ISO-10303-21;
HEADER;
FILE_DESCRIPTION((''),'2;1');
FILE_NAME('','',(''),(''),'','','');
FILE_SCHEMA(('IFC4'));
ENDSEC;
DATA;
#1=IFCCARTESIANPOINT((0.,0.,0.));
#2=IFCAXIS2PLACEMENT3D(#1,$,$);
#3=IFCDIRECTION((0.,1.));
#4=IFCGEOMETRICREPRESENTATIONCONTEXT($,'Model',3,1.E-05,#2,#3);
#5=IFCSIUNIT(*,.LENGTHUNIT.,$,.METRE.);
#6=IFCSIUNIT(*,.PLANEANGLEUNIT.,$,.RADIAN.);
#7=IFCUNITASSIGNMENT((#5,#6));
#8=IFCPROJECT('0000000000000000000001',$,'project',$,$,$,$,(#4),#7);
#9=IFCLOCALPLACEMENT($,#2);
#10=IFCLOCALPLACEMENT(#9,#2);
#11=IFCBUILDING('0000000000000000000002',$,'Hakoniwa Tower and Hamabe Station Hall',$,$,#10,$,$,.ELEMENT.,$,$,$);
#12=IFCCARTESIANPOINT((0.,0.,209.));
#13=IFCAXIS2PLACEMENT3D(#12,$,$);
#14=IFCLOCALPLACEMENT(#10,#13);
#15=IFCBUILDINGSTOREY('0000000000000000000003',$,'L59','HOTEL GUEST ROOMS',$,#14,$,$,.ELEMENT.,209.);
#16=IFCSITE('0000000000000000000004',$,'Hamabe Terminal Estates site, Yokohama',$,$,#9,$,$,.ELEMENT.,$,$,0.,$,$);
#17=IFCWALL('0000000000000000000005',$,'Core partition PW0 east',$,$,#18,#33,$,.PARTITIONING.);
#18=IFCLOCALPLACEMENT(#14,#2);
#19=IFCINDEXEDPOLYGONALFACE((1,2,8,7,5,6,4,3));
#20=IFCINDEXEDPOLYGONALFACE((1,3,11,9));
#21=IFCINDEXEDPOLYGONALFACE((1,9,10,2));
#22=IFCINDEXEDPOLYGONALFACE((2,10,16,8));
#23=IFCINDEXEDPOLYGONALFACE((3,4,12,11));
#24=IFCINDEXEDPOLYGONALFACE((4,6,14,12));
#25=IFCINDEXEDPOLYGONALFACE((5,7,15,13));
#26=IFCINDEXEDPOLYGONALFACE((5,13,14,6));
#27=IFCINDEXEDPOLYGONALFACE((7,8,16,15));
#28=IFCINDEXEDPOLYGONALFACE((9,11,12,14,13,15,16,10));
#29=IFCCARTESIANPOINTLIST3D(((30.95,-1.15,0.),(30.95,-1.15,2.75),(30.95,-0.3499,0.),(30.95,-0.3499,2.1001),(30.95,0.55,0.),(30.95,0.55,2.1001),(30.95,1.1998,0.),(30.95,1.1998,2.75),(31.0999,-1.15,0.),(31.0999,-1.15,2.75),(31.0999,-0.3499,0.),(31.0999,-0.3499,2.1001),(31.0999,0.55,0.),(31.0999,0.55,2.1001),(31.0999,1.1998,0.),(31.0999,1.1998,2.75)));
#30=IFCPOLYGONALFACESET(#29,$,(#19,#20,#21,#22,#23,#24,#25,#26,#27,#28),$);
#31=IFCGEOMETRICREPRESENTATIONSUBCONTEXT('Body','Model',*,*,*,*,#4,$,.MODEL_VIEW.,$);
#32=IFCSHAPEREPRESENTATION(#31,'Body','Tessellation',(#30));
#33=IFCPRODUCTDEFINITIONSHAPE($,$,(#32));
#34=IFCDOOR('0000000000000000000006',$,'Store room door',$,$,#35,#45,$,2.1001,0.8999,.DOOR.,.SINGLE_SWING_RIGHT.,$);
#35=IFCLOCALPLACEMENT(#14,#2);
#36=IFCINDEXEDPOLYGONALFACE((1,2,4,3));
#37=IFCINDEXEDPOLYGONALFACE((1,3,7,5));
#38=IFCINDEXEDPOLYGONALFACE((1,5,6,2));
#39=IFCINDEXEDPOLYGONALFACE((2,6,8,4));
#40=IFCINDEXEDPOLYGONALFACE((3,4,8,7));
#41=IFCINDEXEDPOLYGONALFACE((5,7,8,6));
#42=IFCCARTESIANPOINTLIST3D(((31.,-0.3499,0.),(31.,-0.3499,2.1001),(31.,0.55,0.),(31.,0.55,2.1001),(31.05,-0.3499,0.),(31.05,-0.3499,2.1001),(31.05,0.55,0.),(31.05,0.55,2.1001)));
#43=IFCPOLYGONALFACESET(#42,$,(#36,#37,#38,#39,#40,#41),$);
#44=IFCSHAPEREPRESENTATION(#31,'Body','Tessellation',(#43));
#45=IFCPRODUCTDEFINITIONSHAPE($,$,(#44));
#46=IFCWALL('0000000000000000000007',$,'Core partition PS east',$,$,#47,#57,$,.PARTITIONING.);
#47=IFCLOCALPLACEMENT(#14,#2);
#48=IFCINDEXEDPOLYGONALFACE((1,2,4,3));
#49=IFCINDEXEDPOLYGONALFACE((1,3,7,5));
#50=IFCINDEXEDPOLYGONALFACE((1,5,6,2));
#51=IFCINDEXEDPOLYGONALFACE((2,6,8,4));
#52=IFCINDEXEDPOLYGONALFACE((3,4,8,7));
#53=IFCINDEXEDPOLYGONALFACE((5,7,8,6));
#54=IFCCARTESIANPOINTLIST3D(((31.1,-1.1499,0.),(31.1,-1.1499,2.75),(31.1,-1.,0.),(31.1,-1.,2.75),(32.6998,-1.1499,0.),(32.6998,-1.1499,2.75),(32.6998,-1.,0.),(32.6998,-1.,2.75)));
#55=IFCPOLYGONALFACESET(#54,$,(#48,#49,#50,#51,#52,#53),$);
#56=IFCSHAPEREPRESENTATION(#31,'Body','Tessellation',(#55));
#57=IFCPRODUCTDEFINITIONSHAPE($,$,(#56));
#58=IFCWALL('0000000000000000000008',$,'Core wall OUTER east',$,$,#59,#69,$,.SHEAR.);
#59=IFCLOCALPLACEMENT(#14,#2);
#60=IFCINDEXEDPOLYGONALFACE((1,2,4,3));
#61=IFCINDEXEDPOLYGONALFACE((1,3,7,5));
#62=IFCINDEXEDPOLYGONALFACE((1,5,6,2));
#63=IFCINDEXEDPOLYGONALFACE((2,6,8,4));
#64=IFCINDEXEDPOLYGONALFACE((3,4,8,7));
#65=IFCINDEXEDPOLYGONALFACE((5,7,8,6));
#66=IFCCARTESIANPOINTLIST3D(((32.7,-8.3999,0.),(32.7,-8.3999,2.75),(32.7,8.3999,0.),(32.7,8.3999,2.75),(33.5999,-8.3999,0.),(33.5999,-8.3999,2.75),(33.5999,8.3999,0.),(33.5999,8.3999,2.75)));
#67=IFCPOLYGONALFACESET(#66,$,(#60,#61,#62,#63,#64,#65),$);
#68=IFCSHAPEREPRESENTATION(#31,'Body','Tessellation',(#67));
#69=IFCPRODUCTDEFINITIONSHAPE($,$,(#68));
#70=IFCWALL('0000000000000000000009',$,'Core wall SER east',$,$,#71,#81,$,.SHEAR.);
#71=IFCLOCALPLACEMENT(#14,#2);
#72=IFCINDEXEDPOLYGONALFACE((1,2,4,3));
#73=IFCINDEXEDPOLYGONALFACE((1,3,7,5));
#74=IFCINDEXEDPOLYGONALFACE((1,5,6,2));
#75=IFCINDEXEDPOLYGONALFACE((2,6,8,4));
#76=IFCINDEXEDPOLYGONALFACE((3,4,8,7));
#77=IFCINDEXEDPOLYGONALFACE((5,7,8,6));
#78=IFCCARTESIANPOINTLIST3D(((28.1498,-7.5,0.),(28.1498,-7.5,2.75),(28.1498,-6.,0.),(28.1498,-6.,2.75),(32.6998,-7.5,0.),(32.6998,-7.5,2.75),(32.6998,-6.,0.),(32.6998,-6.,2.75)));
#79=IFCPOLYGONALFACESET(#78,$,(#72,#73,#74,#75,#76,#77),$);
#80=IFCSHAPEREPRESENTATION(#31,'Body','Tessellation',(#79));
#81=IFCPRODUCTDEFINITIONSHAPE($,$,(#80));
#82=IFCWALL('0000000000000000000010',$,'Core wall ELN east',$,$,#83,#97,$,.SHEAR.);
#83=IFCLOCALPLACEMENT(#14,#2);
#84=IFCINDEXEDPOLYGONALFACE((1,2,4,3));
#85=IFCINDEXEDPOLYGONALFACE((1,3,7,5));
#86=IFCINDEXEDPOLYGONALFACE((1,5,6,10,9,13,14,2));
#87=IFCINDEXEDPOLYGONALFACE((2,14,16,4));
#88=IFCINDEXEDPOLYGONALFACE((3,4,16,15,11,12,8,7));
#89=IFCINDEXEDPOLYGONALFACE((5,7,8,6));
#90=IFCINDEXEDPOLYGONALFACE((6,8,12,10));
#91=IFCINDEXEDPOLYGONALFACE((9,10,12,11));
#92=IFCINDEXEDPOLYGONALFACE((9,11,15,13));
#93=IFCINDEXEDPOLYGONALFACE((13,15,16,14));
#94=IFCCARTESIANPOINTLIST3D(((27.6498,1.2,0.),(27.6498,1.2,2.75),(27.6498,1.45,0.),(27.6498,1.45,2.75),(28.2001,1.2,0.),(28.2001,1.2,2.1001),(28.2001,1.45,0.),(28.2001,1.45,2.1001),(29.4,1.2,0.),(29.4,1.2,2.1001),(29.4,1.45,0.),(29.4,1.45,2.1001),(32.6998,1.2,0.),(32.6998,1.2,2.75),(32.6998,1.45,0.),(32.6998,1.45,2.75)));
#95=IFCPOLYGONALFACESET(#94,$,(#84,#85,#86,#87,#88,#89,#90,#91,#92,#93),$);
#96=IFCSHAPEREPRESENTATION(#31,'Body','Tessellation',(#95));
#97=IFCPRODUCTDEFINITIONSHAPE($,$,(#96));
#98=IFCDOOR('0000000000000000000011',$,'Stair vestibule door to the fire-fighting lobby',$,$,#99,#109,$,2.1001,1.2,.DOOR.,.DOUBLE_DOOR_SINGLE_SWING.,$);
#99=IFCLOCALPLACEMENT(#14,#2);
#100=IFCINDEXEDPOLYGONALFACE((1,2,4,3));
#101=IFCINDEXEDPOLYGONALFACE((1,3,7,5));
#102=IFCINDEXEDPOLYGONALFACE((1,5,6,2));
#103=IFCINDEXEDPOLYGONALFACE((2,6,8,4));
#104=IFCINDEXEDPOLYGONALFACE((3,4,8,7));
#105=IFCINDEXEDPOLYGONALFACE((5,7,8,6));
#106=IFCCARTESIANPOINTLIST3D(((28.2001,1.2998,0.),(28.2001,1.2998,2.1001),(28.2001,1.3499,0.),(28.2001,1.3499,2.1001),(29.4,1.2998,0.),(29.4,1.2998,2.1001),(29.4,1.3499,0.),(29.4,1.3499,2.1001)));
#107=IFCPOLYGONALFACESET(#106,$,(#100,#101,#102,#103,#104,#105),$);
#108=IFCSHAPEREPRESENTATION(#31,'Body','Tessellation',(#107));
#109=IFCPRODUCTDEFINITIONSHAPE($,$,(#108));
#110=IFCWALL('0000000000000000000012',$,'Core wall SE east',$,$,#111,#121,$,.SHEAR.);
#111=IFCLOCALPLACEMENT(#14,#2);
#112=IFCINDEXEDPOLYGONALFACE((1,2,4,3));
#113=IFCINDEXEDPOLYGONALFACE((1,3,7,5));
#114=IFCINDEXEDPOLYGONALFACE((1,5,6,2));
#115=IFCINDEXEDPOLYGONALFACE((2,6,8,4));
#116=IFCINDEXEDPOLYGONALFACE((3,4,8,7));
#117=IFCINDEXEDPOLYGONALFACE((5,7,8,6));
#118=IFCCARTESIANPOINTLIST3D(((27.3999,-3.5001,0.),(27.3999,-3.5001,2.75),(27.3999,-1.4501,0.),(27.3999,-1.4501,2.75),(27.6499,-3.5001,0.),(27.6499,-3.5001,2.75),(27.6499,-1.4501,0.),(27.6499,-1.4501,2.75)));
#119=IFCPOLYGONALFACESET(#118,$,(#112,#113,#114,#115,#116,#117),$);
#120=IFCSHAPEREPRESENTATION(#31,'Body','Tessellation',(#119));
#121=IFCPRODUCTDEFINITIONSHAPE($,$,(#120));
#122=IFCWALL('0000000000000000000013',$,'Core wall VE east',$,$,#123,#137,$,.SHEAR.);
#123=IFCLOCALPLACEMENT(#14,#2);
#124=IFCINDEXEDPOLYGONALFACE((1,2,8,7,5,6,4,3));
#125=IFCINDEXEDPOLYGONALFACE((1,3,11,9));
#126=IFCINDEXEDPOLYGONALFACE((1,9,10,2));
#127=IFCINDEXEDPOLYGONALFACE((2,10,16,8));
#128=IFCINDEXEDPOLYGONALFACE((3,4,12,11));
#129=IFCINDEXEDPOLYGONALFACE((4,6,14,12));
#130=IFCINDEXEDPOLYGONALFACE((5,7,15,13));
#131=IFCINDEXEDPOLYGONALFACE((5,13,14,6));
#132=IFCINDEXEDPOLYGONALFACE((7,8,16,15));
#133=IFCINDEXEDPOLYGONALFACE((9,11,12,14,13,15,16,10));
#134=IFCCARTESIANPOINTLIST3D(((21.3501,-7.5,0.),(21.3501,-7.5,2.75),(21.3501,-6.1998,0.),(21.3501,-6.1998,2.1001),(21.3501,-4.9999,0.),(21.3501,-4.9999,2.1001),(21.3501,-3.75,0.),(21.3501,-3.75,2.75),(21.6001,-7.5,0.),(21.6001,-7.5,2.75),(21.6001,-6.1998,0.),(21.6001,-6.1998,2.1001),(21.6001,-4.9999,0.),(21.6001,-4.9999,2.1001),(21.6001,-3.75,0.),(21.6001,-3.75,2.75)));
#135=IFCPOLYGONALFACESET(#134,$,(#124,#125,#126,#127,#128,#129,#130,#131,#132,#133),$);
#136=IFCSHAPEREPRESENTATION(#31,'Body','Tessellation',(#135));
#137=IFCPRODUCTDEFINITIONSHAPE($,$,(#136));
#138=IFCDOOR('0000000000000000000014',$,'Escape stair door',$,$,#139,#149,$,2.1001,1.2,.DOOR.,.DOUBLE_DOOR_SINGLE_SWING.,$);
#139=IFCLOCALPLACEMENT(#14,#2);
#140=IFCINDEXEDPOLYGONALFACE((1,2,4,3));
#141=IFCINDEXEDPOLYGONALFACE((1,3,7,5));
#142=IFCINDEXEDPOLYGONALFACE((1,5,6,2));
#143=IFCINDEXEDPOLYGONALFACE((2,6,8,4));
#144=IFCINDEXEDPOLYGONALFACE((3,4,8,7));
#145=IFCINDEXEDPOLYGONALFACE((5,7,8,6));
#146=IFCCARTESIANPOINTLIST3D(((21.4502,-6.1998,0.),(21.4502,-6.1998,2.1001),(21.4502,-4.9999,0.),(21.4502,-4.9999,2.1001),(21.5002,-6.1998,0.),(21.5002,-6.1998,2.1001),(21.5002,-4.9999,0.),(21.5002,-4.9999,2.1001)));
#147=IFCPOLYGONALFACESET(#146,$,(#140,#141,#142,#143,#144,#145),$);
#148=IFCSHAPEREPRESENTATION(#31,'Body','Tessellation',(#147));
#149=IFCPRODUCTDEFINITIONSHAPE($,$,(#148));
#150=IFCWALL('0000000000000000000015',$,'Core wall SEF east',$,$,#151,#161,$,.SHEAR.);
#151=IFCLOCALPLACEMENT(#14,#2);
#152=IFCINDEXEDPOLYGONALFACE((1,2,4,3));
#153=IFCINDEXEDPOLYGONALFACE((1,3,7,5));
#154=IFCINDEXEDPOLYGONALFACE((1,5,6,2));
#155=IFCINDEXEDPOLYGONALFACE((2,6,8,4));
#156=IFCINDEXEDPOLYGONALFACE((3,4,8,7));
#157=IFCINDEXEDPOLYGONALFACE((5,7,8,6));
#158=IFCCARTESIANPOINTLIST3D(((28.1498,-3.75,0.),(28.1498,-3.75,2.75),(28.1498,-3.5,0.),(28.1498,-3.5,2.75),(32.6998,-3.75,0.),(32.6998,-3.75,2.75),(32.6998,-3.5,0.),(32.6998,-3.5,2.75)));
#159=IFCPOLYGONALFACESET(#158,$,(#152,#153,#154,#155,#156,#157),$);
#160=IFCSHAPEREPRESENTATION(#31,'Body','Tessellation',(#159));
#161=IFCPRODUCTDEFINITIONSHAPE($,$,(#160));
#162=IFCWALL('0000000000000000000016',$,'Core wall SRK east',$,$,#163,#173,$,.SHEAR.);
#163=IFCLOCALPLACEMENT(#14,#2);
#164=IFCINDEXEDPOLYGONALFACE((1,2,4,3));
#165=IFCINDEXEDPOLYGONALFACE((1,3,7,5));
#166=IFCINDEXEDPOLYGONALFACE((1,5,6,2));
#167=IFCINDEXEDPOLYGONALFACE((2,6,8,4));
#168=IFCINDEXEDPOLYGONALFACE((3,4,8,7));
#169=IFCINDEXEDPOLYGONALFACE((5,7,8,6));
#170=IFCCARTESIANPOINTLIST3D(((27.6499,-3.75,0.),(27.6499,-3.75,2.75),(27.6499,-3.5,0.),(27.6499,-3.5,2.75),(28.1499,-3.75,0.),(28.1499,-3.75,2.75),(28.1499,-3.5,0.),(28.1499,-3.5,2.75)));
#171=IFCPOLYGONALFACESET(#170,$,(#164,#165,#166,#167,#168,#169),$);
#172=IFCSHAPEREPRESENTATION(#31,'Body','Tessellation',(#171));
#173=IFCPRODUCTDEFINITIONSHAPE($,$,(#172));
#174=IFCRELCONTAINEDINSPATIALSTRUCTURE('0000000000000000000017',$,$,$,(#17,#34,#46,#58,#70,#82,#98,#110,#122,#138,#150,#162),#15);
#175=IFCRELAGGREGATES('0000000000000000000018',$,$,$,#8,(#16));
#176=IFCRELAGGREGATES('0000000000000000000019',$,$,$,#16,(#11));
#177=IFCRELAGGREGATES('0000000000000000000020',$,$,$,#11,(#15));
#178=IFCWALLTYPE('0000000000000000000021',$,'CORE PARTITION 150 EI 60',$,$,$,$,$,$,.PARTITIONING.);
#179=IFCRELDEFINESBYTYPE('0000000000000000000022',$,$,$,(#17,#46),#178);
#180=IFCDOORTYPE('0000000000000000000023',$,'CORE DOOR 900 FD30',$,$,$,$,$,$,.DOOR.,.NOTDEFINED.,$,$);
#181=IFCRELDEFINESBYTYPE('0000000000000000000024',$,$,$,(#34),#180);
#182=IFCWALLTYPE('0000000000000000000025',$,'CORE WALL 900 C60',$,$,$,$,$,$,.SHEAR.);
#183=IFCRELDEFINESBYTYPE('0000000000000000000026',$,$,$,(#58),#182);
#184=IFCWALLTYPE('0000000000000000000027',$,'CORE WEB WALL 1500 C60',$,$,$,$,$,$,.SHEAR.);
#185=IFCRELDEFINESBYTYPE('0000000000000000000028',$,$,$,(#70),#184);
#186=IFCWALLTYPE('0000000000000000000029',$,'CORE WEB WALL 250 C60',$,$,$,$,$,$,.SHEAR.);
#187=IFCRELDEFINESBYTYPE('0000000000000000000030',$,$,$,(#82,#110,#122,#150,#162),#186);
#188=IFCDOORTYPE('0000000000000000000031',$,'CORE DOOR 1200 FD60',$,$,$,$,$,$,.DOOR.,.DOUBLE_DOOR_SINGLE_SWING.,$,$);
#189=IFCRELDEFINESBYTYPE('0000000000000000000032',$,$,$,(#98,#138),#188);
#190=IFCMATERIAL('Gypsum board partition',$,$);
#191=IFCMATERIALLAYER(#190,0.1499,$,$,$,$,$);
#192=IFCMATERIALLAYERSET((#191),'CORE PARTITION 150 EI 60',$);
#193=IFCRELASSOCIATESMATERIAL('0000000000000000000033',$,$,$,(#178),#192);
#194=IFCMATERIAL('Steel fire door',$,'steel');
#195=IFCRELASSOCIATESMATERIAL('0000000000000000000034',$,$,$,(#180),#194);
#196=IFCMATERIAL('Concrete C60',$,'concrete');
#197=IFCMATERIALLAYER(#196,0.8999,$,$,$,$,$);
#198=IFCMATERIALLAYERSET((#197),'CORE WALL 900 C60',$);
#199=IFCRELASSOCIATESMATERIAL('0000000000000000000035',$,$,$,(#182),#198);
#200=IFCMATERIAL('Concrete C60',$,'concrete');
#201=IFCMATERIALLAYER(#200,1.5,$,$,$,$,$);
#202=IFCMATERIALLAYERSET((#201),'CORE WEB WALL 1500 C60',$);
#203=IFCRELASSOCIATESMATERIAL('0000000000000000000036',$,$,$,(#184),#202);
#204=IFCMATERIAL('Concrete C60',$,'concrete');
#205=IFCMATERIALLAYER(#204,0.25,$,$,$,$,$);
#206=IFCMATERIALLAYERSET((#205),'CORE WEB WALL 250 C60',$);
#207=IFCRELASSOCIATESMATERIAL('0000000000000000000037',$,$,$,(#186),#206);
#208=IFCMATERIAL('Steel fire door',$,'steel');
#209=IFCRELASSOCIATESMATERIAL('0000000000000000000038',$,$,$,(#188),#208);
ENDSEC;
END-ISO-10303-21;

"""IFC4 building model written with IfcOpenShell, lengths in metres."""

from ifc_helpers import new_model, si_unit, direction, frame, frame_2d, origin, place, context, subcontext, project, spatial, rectangle, extrude, material, layer, layer_set, type_object, element, fill, save


model = new_model("IFC4")

# Units and contexts
model_context = context("Model", 3, precision=1e-05, world=origin(), true_north=direction((0.0, 1.0)))
body_context = subcontext(model_context, "Body", "Model", "MODEL_VIEW")
ifc_project = project(units=[si_unit("LENGTHUNIT", "METRE"), si_unit("PLANEANGLEUNIT", "RADIAN")], contexts=[model_context])

# Site, building, storey
site_placement = place(None, origin())
site = spatial("IfcSite", under=ifc_project, at=site_placement, Name="Hamabe Terminal Estates site, Yokohama", CompositionType="ELEMENT", RefElevation=0.0)
building_placement = place(site_placement, origin())
building = spatial("IfcBuilding", under=site, at=building_placement, Name="Hakoniwa Tower and Hamabe Station Hall", CompositionType="ELEMENT")
storey_placement = place(building_placement, frame((0.0, 0.0, 209.0)))
storey = spatial("IfcBuildingStorey", under=building, at=storey_placement, Name="L59", Description="HOTEL GUEST ROOMS", CompositionType="ELEMENT", Elevation=209.0)

# Wall, opening, door
ifc_material_1 = material(Name="Gypsum board partition")
ifc_layer_1 = layer(ifc_material_1, 0.1499)
ifc_layer_set_1 = layer_set([ifc_layer_1], Name="CORE PARTITION 150 EI 60")
wall_type_1 = type_object("IfcWallType", Name="CORE PARTITION 150 EI 60", PredefinedType="PARTITIONING", material=ifc_layer_set_1)
wall_1_placement = place(storey_placement, frame((31.0249, -1.1499, 0.0), z_axis=(0.0, 0.0, 1.0), x_axis=(0.0, 1.0, 0.0)))
wall_1 = element("IfcWall", 1, at=wall_1_placement, inside=storey, type_object=wall_type_1, Name="Core partition PW0 east", PredefinedType="PARTITIONING", context=body_context, shape_type="SweptSolid", body=[
    extrude(rectangle(XDim=2.3499, YDim=0.1499, at=frame_2d((1.1748, 0.0))), origin(), (0.0, 0.0, 1.0), 2.75),
])
opening_1_placement = place(wall_1_placement, frame((0.8, 0.0, 0.0)))
opening_1 = element("IfcOpeningElement", 2, at=opening_1_placement, cuts=wall_1, PredefinedType="OPENING", context=body_context, shape_type="SweptSolid", body=[
    extrude(rectangle(XDim=0.8999, YDim=2.1001, at=frame_2d((0.45, 1.05))), frame((0.0, 0.085, 0.0), z_axis=(0.0, -1.0, 0.0), x_axis=(1.0, 0.0, 0.0)), (0.0, 0.0, 1.0), 0.1699),
])
ifc_material_2 = material(Name="Steel fire door", Category="steel")
door_type_1 = type_object("IfcDoorType", Name="CORE DOOR 900 FD30", OperationType="NOTDEFINED", PredefinedType="DOOR", material=ifc_material_2)
door_1_placement = place(opening_1_placement, origin())
door_1 = element("IfcDoor", 3, at=door_1_placement, inside=storey, type_object=door_type_1, Name="Store room door", OperationType="SINGLE_SWING_RIGHT", OverallHeight=2.1001, OverallWidth=0.8999, PredefinedType="DOOR", context=body_context, shape_type="SweptSolid", body=[
    extrude(rectangle(XDim=0.8999, YDim=2.1001, at=frame_2d((0.45, 1.05))), frame((0.0, 0.0249, 0.0), z_axis=(0.0, -1.0, 0.0), x_axis=(1.0, 0.0, 0.0)), (0.0, 0.0, 1.0), 0.05),
])
fill(opening_1, door_1)

# Walls
wall_2_placement = place(storey_placement, frame((31.1001, -1.075, 0.0), z_axis=(0.0, 0.0, 1.0), x_axis=(1.0, 0.0, 0.0)))
element("IfcWall", 4, at=wall_2_placement, inside=storey, type_object=wall_type_1, Name="Core partition PS east", PredefinedType="PARTITIONING", context=body_context, shape_type="SweptSolid", body=[
    extrude(rectangle(XDim=1.5999, YDim=0.1499, at=frame_2d((0.7998, 0.0))), origin(), (0.0, 0.0, 1.0), 2.75),
])
ifc_material_3 = material(Name="Concrete C60", Category="concrete")
ifc_layer_2 = layer(ifc_material_3, 0.8999)
ifc_layer_set_2 = layer_set([ifc_layer_2], Name="CORE WALL 900 C60")
wall_type_2 = type_object("IfcWallType", Name="CORE WALL 900 C60", PredefinedType="SHEAR", material=ifc_layer_set_2)
wall_3_placement = place(storey_placement, frame((33.1499, -8.3999, 0.0), z_axis=(0.0, 0.0, 1.0), x_axis=(0.0, 1.0, 0.0)))
element("IfcWall", 5, at=wall_3_placement, inside=storey, type_object=wall_type_2, Name="Core wall OUTER east", PredefinedType="SHEAR", context=body_context, shape_type="SweptSolid", body=[
    extrude(rectangle(XDim=16.7998, YDim=0.8999, at=frame_2d((8.3999, 0.0))), origin(), (0.0, 0.0, 1.0), 2.75),
])
ifc_material_4 = material(Name="Concrete C60", Category="concrete")
ifc_layer_3 = layer(ifc_material_4, 1.5)
ifc_layer_set_3 = layer_set([ifc_layer_3], Name="CORE WEB WALL 1500 C60")
wall_type_3 = type_object("IfcWallType", Name="CORE WEB WALL 1500 C60", PredefinedType="SHEAR", material=ifc_layer_set_3)
wall_4_placement = place(storey_placement, frame((28.1499, -6.75, 0.0), z_axis=(0.0, 0.0, 1.0), x_axis=(1.0, 0.0, 0.0)))
element("IfcWall", 6, at=wall_4_placement, inside=storey, type_object=wall_type_3, Name="Core wall SER east", PredefinedType="SHEAR", context=body_context, shape_type="SweptSolid", body=[
    extrude(rectangle(XDim=4.55, YDim=1.5, at=frame_2d((2.2749, 0.0))), origin(), (0.0, 0.0, 1.0), 2.75),
])

# Wall, opening, door
ifc_material_5 = material(Name="Concrete C60", Category="concrete")
ifc_layer_4 = layer(ifc_material_5, 0.25)
ifc_layer_set_4 = layer_set([ifc_layer_4], Name="CORE WEB WALL 250 C60")
wall_type_4 = type_object("IfcWallType", Name="CORE WEB WALL 250 C60", PredefinedType="SHEAR", material=ifc_layer_set_4)
wall_5_placement = place(storey_placement, frame((27.6499, 1.325, 0.0), z_axis=(0.0, 0.0, 1.0), x_axis=(1.0, 0.0, 0.0)))
wall_5 = element("IfcWall", 7, at=wall_5_placement, inside=storey, type_object=wall_type_4, Name="Core wall ELN east", PredefinedType="SHEAR", context=body_context, shape_type="SweptSolid", body=[
    extrude(rectangle(XDim=5.05, YDim=0.25, at=frame_2d((2.5249, 0.0))), origin(), (0.0, 0.0, 1.0), 2.75),
])
opening_2_placement = place(wall_5_placement, frame((0.55, 0.0, 0.0)))
opening_2 = element("IfcOpeningElement", 8, at=opening_2_placement, cuts=wall_5, PredefinedType="OPENING", context=body_context, shape_type="SweptSolid", body=[
    extrude(rectangle(XDim=1.2, YDim=2.1001, at=frame_2d((0.6001, 1.05))), frame((0.0, 0.135, 0.0), z_axis=(0.0, -1.0, 0.0), x_axis=(1.0, 0.0, 0.0)), (0.0, 0.0, 1.0), 0.27),
])
ifc_material_6 = material(Name="Steel fire door", Category="steel")
door_type_2 = type_object("IfcDoorType", Name="CORE DOOR 1200 FD60", OperationType="DOUBLE_DOOR_SINGLE_SWING", PredefinedType="DOOR", material=ifc_material_6)
door_2_placement = place(opening_2_placement, origin())
door_2 = element("IfcDoor", 9, at=door_2_placement, inside=storey, type_object=door_type_2, Name="Stair vestibule door to the fire-fighting lobby", OperationType="DOUBLE_DOOR_SINGLE_SWING", OverallHeight=2.1001, OverallWidth=1.2, PredefinedType="DOOR", context=body_context, shape_type="SweptSolid", body=[
    extrude(rectangle(XDim=1.2, YDim=2.1001, at=frame_2d((0.6001, 1.05))), frame((0.0, 0.0249, 0.0), z_axis=(0.0, -1.0, 0.0), x_axis=(1.0, 0.0, 0.0)), (0.0, 0.0, 1.0), 0.05),
])
fill(opening_2, door_2)

# Wall
wall_6_placement = place(storey_placement, frame((27.5249, -3.5, 0.0), z_axis=(0.0, 0.0, 1.0), x_axis=(0.0, 1.0, 0.0)))
element("IfcWall", 10, at=wall_6_placement, inside=storey, type_object=wall_type_4, Name="Core wall SE east", PredefinedType="SHEAR", context=body_context, shape_type="SweptSolid", body=[
    extrude(rectangle(XDim=2.05, YDim=0.25, at=frame_2d((1.0249, 0.0))), origin(), (0.0, 0.0, 1.0), 2.75),
])

# Wall, opening, door
wall_7_placement = place(storey_placement, frame((21.4751, -7.5, 0.0), z_axis=(0.0, 0.0, 1.0), x_axis=(0.0, 1.0, 0.0)))
wall_7 = element("IfcWall", 11, at=wall_7_placement, inside=storey, type_object=wall_type_4, Name="Core wall VE east", PredefinedType="SHEAR", context=body_context, shape_type="SweptSolid", body=[
    extrude(rectangle(XDim=3.75, YDim=0.25, at=frame_2d((1.875, 0.0))), origin(), (0.0, 0.0, 1.0), 2.75),
])
opening_3_placement = place(wall_7_placement, frame((1.3, 0.0, 0.0)))
opening_3 = element("IfcOpeningElement", 12, at=opening_3_placement, cuts=wall_7, PredefinedType="OPENING", context=body_context, shape_type="SweptSolid", body=[
    extrude(rectangle(XDim=1.2, YDim=2.1001, at=frame_2d((0.6001, 1.05))), frame((0.0, 0.135, 0.0), z_axis=(0.0, -1.0, 0.0), x_axis=(1.0, 0.0, 0.0)), (0.0, 0.0, 1.0), 0.27),
])
door_3_placement = place(opening_3_placement, origin())
door_3 = element("IfcDoor", 13, at=door_3_placement, inside=storey, type_object=door_type_2, Name="Escape stair door", OperationType="DOUBLE_DOOR_SINGLE_SWING", OverallHeight=2.1001, OverallWidth=1.2, PredefinedType="DOOR", context=body_context, shape_type="SweptSolid", body=[
    extrude(rectangle(XDim=1.2, YDim=2.1001, at=frame_2d((0.6001, 1.05))), frame((0.0, 0.0249, 0.0), z_axis=(0.0, -1.0, 0.0), x_axis=(1.0, 0.0, 0.0)), (0.0, 0.0, 1.0), 0.05),
])
fill(opening_3, door_3)

# Walls
wall_8_placement = place(storey_placement, frame((28.1499, -3.625, 0.0), z_axis=(0.0, 0.0, 1.0), x_axis=(1.0, 0.0, 0.0)))
element("IfcWall", 14, at=wall_8_placement, inside=storey, type_object=wall_type_4, Name="Core wall SEF east", PredefinedType="SHEAR", context=body_context, shape_type="SweptSolid", body=[
    extrude(rectangle(XDim=4.55, YDim=0.25, at=frame_2d((2.2749, 0.0))), origin(), (0.0, 0.0, 1.0), 2.75),
])
wall_9_placement = place(storey_placement, frame((27.6499, -3.625, 0.0), z_axis=(0.0, 0.0, 1.0), x_axis=(1.0, 0.0, 0.0)))
element("IfcWall", 15, at=wall_9_placement, inside=storey, type_object=wall_type_4, Name="Core wall SRK east", PredefinedType="SHEAR", context=body_context, shape_type="SweptSolid", body=[
    extrude(rectangle(XDim=0.5, YDim=0.25, at=frame_2d((0.25, 0.0))), origin(), (0.0, 0.0, 1.0), 2.75),
])

save(model, "model.ifc")
